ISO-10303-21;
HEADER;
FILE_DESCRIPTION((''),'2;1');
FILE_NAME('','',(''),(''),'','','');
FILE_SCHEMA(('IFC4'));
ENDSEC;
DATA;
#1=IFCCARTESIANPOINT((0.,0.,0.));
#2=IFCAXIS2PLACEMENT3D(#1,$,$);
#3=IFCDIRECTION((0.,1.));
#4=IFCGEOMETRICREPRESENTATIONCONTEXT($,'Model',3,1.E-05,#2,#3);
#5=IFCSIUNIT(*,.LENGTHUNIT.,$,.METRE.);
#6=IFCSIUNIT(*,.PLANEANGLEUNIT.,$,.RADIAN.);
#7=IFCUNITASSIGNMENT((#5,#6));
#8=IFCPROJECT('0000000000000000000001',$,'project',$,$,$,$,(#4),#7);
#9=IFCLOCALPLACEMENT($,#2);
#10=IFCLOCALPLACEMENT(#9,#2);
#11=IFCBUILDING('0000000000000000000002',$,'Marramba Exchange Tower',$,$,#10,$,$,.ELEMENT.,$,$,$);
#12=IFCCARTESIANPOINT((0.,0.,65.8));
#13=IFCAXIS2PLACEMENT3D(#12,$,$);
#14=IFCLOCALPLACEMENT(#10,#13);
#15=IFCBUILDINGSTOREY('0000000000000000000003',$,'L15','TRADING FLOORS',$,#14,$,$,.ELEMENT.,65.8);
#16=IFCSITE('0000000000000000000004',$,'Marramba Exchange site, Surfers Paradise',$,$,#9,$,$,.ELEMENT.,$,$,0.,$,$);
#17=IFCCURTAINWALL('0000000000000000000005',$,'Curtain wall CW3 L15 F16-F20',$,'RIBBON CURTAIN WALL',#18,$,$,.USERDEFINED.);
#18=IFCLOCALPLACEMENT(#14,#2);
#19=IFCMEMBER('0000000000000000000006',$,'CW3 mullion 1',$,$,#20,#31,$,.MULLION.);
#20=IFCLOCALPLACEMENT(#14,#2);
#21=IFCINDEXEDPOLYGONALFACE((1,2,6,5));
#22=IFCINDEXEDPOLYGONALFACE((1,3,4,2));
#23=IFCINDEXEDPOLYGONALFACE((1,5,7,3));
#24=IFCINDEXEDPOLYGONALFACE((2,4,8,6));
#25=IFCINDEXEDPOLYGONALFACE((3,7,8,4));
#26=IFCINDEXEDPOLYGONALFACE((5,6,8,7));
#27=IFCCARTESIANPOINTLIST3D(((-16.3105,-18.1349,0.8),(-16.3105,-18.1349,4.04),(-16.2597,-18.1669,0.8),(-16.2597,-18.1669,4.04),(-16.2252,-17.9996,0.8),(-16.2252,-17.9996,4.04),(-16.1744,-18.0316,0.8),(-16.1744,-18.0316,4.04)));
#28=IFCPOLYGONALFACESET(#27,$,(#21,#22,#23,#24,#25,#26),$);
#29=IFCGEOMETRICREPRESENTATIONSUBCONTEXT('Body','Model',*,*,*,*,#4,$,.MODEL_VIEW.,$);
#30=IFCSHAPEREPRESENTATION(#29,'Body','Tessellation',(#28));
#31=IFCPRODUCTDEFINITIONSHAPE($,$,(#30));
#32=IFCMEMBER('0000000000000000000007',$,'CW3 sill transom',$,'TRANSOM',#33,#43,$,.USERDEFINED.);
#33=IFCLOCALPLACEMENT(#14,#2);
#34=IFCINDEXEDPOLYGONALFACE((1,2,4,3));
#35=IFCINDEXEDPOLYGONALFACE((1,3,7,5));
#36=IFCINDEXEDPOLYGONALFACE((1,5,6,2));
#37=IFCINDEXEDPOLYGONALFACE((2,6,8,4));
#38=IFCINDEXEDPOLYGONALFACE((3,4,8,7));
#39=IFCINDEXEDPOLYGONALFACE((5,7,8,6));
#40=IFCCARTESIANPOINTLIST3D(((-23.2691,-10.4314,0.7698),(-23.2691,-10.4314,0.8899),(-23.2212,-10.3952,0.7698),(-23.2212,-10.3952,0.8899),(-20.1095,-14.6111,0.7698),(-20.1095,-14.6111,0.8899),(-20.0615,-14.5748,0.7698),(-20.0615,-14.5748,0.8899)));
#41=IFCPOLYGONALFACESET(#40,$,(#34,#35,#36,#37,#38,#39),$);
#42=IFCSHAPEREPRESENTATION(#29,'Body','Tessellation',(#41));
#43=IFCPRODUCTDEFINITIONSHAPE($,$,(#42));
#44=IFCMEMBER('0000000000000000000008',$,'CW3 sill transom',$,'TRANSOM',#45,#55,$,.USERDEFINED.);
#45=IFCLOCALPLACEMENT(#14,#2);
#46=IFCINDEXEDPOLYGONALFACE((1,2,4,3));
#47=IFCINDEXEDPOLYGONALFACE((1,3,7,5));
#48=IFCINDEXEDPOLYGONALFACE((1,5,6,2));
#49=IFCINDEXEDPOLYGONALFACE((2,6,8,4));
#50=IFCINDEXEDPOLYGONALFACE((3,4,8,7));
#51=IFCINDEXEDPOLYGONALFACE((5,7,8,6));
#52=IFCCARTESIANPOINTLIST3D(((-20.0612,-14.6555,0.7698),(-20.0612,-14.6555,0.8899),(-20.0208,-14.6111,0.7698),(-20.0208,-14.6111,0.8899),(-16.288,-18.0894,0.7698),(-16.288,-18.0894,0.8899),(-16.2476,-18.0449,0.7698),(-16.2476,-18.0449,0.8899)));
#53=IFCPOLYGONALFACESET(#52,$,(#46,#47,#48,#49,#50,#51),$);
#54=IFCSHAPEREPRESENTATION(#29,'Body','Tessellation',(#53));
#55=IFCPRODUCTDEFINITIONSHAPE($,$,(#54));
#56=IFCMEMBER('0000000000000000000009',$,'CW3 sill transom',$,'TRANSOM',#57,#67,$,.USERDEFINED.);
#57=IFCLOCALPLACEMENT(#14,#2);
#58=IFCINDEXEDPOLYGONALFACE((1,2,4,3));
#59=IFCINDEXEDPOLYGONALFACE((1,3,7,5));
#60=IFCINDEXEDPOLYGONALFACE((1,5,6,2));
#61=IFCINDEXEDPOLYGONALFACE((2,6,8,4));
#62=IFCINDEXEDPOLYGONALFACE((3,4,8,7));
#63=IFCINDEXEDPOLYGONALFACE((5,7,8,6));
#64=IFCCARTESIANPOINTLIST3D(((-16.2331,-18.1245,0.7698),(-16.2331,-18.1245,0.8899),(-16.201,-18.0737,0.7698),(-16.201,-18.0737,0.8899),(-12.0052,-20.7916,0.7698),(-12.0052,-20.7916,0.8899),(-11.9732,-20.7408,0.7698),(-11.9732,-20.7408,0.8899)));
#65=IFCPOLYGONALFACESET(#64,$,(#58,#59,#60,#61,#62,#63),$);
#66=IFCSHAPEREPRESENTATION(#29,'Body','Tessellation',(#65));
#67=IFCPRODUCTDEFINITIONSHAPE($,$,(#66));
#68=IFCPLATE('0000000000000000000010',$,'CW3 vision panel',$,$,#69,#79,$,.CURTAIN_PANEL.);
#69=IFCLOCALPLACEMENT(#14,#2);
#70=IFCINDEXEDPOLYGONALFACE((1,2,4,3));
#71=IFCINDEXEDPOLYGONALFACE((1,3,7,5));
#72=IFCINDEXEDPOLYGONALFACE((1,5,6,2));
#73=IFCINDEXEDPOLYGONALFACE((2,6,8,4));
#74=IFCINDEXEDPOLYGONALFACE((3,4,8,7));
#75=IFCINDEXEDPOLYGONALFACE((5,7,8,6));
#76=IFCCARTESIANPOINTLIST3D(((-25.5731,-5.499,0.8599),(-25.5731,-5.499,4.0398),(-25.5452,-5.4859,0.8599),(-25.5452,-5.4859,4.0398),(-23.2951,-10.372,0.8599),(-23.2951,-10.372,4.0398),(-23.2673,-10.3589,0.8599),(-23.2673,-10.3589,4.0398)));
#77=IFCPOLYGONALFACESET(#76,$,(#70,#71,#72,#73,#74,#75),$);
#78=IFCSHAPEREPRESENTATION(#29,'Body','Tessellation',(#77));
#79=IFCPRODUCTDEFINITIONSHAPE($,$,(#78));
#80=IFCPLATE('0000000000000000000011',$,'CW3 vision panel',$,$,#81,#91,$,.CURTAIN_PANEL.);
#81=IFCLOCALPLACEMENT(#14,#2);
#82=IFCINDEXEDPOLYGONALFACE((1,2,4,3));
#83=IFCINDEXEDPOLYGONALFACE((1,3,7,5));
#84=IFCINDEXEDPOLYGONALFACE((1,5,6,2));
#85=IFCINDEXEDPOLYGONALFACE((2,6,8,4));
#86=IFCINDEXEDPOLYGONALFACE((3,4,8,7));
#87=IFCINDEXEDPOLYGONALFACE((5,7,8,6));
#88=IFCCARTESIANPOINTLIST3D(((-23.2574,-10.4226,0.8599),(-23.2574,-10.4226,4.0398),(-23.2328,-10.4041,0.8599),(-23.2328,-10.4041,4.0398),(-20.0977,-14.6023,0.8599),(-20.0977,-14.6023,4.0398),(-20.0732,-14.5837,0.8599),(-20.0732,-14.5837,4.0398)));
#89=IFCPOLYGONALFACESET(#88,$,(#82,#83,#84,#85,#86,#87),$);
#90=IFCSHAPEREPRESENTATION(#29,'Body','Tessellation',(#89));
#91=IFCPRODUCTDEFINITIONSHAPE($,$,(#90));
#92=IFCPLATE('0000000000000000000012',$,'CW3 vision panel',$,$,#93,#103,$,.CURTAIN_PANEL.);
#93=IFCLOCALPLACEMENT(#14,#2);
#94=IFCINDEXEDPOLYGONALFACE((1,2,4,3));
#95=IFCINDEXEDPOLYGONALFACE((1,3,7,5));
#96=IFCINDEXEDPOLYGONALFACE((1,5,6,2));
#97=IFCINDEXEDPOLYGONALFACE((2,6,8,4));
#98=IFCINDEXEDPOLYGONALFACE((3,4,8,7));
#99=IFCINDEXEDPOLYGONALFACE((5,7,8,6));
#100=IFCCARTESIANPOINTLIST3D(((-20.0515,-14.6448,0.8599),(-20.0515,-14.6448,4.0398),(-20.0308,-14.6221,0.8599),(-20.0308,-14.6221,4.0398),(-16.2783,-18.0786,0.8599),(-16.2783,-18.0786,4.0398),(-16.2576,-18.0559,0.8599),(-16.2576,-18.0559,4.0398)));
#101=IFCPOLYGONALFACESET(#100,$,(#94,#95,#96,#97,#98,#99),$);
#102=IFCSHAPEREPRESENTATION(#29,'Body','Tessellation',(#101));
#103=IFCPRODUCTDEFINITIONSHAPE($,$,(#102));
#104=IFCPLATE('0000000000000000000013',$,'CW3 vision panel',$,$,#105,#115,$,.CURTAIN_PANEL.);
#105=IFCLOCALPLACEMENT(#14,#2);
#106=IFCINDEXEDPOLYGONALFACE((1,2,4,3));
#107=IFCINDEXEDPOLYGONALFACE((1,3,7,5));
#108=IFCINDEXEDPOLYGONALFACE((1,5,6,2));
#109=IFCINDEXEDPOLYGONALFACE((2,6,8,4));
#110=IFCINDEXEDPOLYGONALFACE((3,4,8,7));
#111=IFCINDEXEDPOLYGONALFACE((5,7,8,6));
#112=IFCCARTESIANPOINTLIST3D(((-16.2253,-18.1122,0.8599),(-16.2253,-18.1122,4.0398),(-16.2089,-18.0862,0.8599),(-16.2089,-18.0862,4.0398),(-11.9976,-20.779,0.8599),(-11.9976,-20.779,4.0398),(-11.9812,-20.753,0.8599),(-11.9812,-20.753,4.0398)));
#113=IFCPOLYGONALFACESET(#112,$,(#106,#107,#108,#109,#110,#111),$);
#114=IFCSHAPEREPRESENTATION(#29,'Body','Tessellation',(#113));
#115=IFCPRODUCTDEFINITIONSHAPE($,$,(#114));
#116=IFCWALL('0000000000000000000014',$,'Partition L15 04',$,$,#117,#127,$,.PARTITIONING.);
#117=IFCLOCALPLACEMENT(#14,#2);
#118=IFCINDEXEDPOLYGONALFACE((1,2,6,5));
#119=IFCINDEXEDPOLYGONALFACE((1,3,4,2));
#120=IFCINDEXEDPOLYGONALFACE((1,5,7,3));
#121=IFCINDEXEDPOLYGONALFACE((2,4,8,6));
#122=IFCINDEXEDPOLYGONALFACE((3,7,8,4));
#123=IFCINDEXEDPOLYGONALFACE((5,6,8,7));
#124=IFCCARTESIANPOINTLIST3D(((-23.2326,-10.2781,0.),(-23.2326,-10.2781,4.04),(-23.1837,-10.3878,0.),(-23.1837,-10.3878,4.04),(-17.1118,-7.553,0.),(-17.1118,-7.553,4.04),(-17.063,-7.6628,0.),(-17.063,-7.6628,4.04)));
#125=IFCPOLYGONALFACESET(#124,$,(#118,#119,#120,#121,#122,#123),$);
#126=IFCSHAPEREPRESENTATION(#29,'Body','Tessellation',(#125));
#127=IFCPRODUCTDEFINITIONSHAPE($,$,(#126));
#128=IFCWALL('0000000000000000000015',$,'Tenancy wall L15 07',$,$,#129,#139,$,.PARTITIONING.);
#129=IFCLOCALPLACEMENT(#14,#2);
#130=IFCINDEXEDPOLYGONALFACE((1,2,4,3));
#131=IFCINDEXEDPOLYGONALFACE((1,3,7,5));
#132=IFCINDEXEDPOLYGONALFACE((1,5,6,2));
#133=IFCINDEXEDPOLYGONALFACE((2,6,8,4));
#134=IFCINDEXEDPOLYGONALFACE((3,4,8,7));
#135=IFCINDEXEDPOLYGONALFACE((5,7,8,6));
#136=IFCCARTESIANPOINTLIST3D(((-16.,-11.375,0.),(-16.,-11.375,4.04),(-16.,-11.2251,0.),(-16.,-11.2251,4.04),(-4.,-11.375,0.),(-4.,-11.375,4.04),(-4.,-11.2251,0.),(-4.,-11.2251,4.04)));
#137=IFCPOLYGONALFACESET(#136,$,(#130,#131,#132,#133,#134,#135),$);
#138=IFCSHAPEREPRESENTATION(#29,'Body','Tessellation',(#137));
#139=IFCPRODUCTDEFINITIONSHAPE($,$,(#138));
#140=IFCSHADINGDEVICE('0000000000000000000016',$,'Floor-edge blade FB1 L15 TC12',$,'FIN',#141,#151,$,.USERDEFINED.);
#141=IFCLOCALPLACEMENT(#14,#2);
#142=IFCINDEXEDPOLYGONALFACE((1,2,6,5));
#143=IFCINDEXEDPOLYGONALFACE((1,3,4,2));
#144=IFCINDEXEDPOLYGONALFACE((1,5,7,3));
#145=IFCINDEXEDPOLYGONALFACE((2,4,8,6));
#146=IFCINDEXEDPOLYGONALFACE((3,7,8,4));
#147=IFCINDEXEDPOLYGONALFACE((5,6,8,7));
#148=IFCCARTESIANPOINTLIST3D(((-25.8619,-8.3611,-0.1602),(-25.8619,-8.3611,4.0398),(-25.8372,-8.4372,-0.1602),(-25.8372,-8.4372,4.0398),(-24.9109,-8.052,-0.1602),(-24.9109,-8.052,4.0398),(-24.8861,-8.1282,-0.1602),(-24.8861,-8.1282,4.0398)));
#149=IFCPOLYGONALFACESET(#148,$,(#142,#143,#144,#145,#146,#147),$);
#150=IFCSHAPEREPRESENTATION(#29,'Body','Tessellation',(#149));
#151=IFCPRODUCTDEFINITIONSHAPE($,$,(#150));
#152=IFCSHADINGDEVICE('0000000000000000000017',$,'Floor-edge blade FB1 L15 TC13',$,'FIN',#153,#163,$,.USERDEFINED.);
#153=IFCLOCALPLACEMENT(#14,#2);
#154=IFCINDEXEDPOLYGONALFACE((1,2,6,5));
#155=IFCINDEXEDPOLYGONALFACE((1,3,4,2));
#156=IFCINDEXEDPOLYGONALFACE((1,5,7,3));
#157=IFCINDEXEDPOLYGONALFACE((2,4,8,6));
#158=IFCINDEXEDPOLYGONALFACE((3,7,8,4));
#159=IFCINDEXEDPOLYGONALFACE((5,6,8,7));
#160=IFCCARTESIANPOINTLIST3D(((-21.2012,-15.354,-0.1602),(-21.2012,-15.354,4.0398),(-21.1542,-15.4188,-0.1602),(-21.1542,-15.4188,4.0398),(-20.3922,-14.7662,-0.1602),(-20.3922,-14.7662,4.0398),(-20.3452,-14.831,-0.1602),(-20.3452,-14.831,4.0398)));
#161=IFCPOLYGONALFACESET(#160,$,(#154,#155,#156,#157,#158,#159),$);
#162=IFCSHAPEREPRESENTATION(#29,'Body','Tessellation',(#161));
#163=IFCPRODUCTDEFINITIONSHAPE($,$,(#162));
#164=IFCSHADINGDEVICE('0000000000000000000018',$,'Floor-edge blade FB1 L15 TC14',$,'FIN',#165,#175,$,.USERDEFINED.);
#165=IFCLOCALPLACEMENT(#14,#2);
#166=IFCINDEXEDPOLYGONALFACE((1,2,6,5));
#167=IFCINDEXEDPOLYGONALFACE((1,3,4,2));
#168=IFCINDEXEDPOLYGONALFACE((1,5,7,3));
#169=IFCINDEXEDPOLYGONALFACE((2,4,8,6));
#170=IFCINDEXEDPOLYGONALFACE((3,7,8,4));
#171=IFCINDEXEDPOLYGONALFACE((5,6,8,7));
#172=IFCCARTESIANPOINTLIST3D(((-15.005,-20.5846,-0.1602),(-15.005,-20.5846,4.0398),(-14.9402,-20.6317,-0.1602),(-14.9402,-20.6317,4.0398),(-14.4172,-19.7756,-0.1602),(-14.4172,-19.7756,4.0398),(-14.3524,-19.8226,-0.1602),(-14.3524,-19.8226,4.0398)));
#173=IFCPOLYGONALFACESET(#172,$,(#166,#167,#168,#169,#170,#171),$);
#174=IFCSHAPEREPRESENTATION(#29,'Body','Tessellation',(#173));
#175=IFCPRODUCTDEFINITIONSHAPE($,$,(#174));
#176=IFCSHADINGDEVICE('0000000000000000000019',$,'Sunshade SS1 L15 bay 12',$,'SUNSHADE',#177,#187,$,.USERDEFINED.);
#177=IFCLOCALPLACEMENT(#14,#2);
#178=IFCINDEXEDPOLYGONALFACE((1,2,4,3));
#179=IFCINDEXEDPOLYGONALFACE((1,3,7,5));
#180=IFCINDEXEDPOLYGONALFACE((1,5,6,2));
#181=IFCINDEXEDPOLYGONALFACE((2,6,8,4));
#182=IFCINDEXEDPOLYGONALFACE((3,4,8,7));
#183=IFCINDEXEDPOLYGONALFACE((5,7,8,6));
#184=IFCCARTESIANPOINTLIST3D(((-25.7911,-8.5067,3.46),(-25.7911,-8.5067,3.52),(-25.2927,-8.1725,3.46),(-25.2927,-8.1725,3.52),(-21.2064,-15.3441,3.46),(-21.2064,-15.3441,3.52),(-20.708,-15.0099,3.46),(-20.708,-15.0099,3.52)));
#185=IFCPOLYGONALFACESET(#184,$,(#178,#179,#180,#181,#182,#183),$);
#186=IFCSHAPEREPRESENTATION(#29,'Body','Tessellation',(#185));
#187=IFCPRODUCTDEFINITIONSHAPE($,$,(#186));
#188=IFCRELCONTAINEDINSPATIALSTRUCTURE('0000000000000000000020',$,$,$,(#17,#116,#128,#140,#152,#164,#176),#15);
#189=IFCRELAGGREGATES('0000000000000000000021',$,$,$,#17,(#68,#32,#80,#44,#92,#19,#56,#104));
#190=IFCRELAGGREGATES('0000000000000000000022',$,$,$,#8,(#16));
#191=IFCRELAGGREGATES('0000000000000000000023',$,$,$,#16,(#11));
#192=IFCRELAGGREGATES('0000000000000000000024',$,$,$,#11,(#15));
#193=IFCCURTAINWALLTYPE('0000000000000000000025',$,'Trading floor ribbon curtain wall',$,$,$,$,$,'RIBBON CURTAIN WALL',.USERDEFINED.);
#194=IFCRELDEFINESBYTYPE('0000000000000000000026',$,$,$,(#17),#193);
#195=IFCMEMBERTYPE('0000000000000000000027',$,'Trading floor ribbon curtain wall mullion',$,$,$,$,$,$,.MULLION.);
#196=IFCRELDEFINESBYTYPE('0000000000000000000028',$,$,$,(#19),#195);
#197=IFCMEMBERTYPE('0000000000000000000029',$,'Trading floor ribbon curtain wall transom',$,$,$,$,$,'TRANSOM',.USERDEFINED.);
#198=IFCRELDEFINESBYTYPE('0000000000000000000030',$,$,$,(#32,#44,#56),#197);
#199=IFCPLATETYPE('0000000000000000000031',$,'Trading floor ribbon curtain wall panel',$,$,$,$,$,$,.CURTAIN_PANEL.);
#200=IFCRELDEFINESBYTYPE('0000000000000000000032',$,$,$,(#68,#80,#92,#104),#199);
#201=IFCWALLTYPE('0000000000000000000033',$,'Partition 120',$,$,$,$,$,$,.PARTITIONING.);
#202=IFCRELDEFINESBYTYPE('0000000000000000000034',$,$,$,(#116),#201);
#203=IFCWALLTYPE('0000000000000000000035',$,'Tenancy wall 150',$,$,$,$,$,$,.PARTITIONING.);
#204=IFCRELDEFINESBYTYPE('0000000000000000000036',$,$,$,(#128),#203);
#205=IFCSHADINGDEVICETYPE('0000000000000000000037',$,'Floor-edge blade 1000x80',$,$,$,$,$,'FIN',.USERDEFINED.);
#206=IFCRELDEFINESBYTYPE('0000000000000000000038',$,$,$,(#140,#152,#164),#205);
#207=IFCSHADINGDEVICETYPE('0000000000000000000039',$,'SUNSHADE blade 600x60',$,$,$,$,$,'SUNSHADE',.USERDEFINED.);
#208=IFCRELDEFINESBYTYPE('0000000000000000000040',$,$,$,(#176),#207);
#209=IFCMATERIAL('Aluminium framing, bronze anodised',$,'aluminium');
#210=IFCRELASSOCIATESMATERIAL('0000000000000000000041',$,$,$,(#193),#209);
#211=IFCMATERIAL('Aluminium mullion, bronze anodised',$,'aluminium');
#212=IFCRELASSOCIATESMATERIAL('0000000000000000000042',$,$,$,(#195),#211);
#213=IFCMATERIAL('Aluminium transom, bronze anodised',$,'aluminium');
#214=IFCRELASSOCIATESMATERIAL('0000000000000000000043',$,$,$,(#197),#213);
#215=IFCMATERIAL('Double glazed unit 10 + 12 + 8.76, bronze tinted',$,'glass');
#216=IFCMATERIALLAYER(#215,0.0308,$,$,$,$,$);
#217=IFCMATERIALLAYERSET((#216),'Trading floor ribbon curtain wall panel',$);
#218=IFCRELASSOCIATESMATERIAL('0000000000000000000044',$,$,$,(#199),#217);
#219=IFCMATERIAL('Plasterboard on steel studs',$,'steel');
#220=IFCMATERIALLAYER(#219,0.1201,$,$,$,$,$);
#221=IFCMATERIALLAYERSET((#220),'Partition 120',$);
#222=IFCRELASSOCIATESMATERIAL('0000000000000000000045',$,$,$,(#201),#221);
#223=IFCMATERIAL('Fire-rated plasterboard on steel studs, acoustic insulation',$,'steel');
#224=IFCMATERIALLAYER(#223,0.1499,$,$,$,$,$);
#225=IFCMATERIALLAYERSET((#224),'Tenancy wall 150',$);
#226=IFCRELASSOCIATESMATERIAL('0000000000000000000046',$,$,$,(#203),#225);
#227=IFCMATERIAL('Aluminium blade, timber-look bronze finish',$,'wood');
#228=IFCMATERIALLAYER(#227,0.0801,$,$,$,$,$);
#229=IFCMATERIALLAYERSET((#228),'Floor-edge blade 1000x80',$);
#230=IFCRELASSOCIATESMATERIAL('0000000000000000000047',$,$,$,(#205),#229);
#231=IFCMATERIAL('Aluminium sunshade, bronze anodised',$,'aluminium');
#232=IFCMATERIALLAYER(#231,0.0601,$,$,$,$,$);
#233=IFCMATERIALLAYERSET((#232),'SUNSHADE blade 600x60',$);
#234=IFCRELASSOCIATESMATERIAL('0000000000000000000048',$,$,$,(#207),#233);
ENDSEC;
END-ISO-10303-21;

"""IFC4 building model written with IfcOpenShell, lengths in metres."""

from ifc_helpers import new_model, si_unit, direction, frame, frame_2d, origin, origin_2d, place, context, subcontext, project, spatial, rectangle, extrude, material, layer, layer_set, material_profile, profile_set, type_object, element, aggregate, save


model = new_model("IFC4")

# Units and contexts
model_context = context("Model", 3, precision=1e-05, world=origin(), true_north=direction((0.0, 1.0)))
body_context = subcontext(model_context, "Body", "Model", "MODEL_VIEW")
ifc_project = project(units=[si_unit("LENGTHUNIT", "METRE"), si_unit("PLANEANGLEUNIT", "RADIAN")], contexts=[model_context])

# Site, building, storey
site_placement = place(None, origin())
site = spatial("IfcSite", under=ifc_project, at=site_placement, Name="Marramba Exchange site, Surfers Paradise", CompositionType="ELEMENT", RefElevation=0.0)
building_placement = place(site_placement, origin())
building = spatial("IfcBuilding", under=site, at=building_placement, Name="Marramba Exchange Tower", CompositionType="ELEMENT")
storey_placement = place(building_placement, frame((0.0, 0.0, 65.8)))
storey = spatial("IfcBuildingStorey", under=building, at=storey_placement, Name="L15", Description="TRADING FLOORS", CompositionType="ELEMENT", Elevation=65.8)

# Curtain wall, members, plates
ifc_material_1 = material(Name="Aluminium framing, bronze anodised", Category="aluminium")
curtain_wall_type = type_object("IfcCurtainWallType", Name="Trading floor ribbon curtain wall", ElementType="RIBBON CURTAIN WALL", PredefinedType="USERDEFINED", material=ifc_material_1)
curtain_wall_placement = place(storey_placement, origin())
curtain_wall = element("IfcCurtainWall", 1, at=curtain_wall_placement, inside=storey, type_object=curtain_wall_type, Name="Curtain wall CW3 L15 F16-F20", ObjectType="RIBBON CURTAIN WALL", PredefinedType="USERDEFINED")
ifc_material_2 = material(Name="Aluminium mullion, bronze anodised", Category="aluminium")
ifc_material_profile_1 = material_profile(ifc_material_2, rectangle(XDim=0.1599, YDim=0.0601, at=origin_2d()), Name="CW3 mullion 60x160")
ifc_profile_set_1 = profile_set([ifc_material_profile_1], Name="Aluminium mullion, bronze anodised")
member_type_1 = type_object("IfcMemberType", Name="Trading floor ribbon curtain wall mullion", PredefinedType="MULLION", material=ifc_profile_set_1)
member_1_placement = place(storey_placement, frame((-16.2424, -18.0833, 0.8), z_axis=(0.0, 0.0, 1.0), x_axis=(0.533515, 0.845791, 0.0)))
member_1 = element("IfcMember", 2, at=member_1_placement, type_object=member_type_1, Name="CW3 mullion 1", PredefinedType="MULLION", context=body_context, shape_type="SweptSolid", body=[
    extrude(rectangle(XDim=0.1599, YDim=0.0601, at=origin_2d()), origin(), (0.0, 0.0, 1.0), 3.24),
])
ifc_material_3 = material(Name="Aluminium transom, bronze anodised", Category="aluminium")
ifc_material_profile_2 = material_profile(ifc_material_3, rectangle(XDim=0.0601, YDim=0.1201, at=origin_2d()), Name="CW3 transom 60x120")
ifc_profile_set_2 = profile_set([ifc_material_profile_2], Name="Aluminium transom, bronze anodised")
member_type_2 = type_object("IfcMemberType", Name="Trading floor ribbon curtain wall transom", ElementType="TRANSOM", PredefinedType="USERDEFINED", material=ifc_profile_set_2)
member_2_placement = place(storey_placement, frame((-23.2451, -10.4133, 0.8298), z_axis=(0.603037, -0.797713, 0.0), x_axis=(0.797713, 0.603037, 0.0)))
member_2 = element("IfcMember", 3, at=member_2_placement, type_object=member_type_2, Name="CW3 sill transom", ObjectType="TRANSOM", PredefinedType="USERDEFINED", context=body_context, shape_type="SweptSolid", body=[
    extrude(rectangle(XDim=0.0601, YDim=0.1201, at=origin_2d()), origin(), (0.0, 0.0, 1.0), 5.2395),
])
member_3_placement = place(storey_placement, frame((-20.041, -14.6333, 0.8298), z_axis=(0.739583, -0.673066, 0.0), x_axis=(0.673066, 0.739583, 0.0)))
member_3 = element("IfcMember", 4, at=member_3_placement, type_object=member_type_2, Name="CW3 sill transom", ObjectType="TRANSOM", PredefinedType="USERDEFINED", context=body_context, shape_type="SweptSolid", body=[
    extrude(rectangle(XDim=0.0601, YDim=0.1201, at=origin_2d()), origin(), (0.0, 0.0, 1.0), 5.1018),
])
member_4_placement = place(storey_placement, frame((-16.217, -18.0991, 0.8298), z_axis=(0.845777, -0.533537, 0.0), x_axis=(0.533537, 0.845777, 0.0)))
member_4 = element("IfcMember", 5, at=member_4_placement, type_object=member_type_2, Name="CW3 sill transom", ObjectType="TRANSOM", PredefinedType="USERDEFINED", context=body_context, shape_type="SweptSolid", body=[
    extrude(rectangle(XDim=0.0601, YDim=0.1201, at=origin_2d()), origin(), (0.0, 0.0, 1.0), 4.9988),
])
ifc_material_4 = material(Name="Double glazed unit 10 + 12 + 8.76, bronze tinted", Category="glass")
ifc_layer_1 = layer(ifc_material_4, 0.0308)
ifc_layer_set_1 = layer_set([ifc_layer_1], Name="Trading floor ribbon curtain wall panel")
plate_type = type_object("IfcPlateType", Name="Trading floor ribbon curtain wall panel", PredefinedType="CURTAIN_PANEL", material=ifc_layer_set_1)
plate_1_placement = place(storey_placement, frame((-24.4202, -7.929, 0.8599), z_axis=(0.0, 0.0, 1.0), x_axis=(0.423477, -0.905907, 0.0)))
plate_1 = element("IfcPlate", 6, at=plate_1_placement, type_object=plate_type, Name="CW3 vision panel", PredefinedType="CURTAIN_PANEL", context=body_context, shape_type="SweptSolid", body=[
    extrude(rectangle(XDim=5.3792, YDim=0.0308, at=origin_2d()), origin(), (0.0, 0.0, 1.0), 3.1799),
])
plate_2_placement = place(storey_placement, frame((-21.6653, -12.5032, 0.8599), z_axis=(0.0, 0.0, 1.0), x_axis=(0.60304, -0.797711, 0.0)))
plate_2 = element("IfcPlate", 7, at=plate_2_placement, type_object=plate_type, Name="CW3 vision panel", PredefinedType="CURTAIN_PANEL", context=body_context, shape_type="SweptSolid", body=[
    extrude(rectangle(XDim=5.2395, YDim=0.0308, at=origin_2d()), origin(), (0.0, 0.0, 1.0), 3.1799),
])
plate_3_placement = place(storey_placement, frame((-18.1545, -16.3503, 0.8599), z_axis=(0.0, 0.0, 1.0), x_axis=(0.73959, -0.673058, 0.0)))
plate_3 = element("IfcPlate", 8, at=plate_3_placement, type_object=plate_type, Name="CW3 vision panel", PredefinedType="CURTAIN_PANEL", context=body_context, shape_type="SweptSolid", body=[
    extrude(rectangle(XDim=5.1018, YDim=0.0308, at=origin_2d()), origin(), (0.0, 0.0, 1.0), 3.1799),
])
plate_4_placement = place(storey_placement, frame((-14.1033, -19.4326, 0.8599), z_axis=(0.0, 0.0, 1.0), x_axis=(0.845791, -0.533515, 0.0)))
plate_4 = element("IfcPlate", 9, at=plate_4_placement, type_object=plate_type, Name="CW3 vision panel", PredefinedType="CURTAIN_PANEL", context=body_context, shape_type="SweptSolid", body=[
    extrude(rectangle(XDim=4.9985, YDim=0.0308, at=origin_2d()), origin(), (0.0, 0.0, 1.0), 3.1799),
])
aggregate(curtain_wall, [plate_1, member_2, plate_2, member_3, plate_3, member_1, member_4, plate_4])

# Walls
ifc_material_5 = material(Name="Plasterboard on steel studs", Category="steel")
ifc_layer_2 = layer(ifc_material_5, 0.1201)
ifc_layer_set_2 = layer_set([ifc_layer_2], Name="Partition 120")
wall_type_1 = type_object("IfcWallType", Name="Partition 120", PredefinedType="PARTITIONING", material=ifc_layer_set_2)
wall_1_placement = place(storey_placement, frame((-23.2083, -10.333, 0.0), z_axis=(0.0, 0.0, 1.0), x_axis=(0.91355, 0.406727, 0.0)))
element("IfcWall", 10, at=wall_1_placement, inside=storey, type_object=wall_type_1, Name="Partition L15 04", PredefinedType="PARTITIONING", context=body_context, shape_type="SweptSolid", body=[
    extrude(rectangle(XDim=6.7, YDim=0.1201, at=frame_2d((3.3501, 0.0))), origin(), (0.0, 0.0, 1.0), 4.04),
])
ifc_material_6 = material(Name="Fire-rated plasterboard on steel studs, acoustic insulation", Category="steel")
ifc_layer_3 = layer(ifc_material_6, 0.1499)
ifc_layer_set_3 = layer_set([ifc_layer_3], Name="Tenancy wall 150")
wall_type_2 = type_object("IfcWallType", Name="Tenancy wall 150", PredefinedType="PARTITIONING", material=ifc_layer_set_3)
wall_2_placement = place(storey_placement, frame((-16.0, -11.3, 0.0), z_axis=(0.0, 0.0, 1.0), x_axis=(1.0, 0.0, 0.0)))
element("IfcWall", 11, at=wall_2_placement, inside=storey, type_object=wall_type_2, Name="Tenancy wall L15 07", PredefinedType="PARTITIONING", context=body_context, shape_type="SweptSolid", body=[
    extrude(rectangle(XDim=12.0, YDim=0.1499, at=frame_2d((6.0, 0.0))), origin(), (0.0, 0.0, 1.0), 4.04),
])

# Shading devices
ifc_material_7 = material(Name="Aluminium blade, timber-look bronze finish", Category="wood")
ifc_layer_4 = layer(ifc_material_7, 0.0801)
ifc_layer_set_4 = layer_set([ifc_layer_4], Name="Floor-edge blade 1000x80")
shading_device_type_1 = type_object("IfcShadingDeviceType", Name="Floor-edge blade 1000x80", ElementType="FIN", PredefinedType="USERDEFINED", material=ifc_layer_set_4)
for number, where, z_axis, x_axis, name in (
    (12, (-25.374, -8.2446, -0.1602), (0.0, 0.0, 1.0), (-0.951057, -0.309017, 0.0), "Floor-edge blade FB1 L15 TC12"),
    (13, (-20.7732, -15.0925, -0.1602), (0.0, 0.0, 1.0), (-0.809017, -0.587785, 0.0), "Floor-edge blade FB1 L15 TC13"),
    (14, (-14.6787, -20.2036, -0.1602), (0.0, 0.0, 1.0), (-0.587785, -0.809017, 0.0), "Floor-edge blade FB1 L15 TC14"),
):
    element("IfcShadingDevice", number, at=place(storey_placement, frame(where, z_axis=z_axis, x_axis=x_axis)), inside=storey, type_object=shading_device_type_1, Name=name, ObjectType="FIN", PredefinedType="USERDEFINED", context=body_context, shape_type="SweptSolid", body=[
        extrude(rectangle(XDim=1.0, YDim=0.0801, at=origin_2d()), origin(), (0.0, 0.0, 1.0), 4.2),
    ])
ifc_material_8 = material(Name="Aluminium sunshade, bronze anodised", Category="aluminium")
ifc_layer_5 = layer(ifc_material_8, 0.0601)
ifc_layer_set_5 = layer_set([ifc_layer_5], Name="SUNSHADE blade 600x60")
shading_device_type_2 = type_object("IfcShadingDeviceType", Name="SUNSHADE blade 600x60", ElementType="SUNSHADE", PredefinedType="USERDEFINED", material=ifc_layer_set_5)
shading_device_1_placement = place(storey_placement, frame((-23.2495, -11.7583, 3.46), z_axis=(0.0, 0.0, 1.0), x_axis=(0.556924, -0.830563, 0.0)))
element("IfcShadingDevice", 15, at=shading_device_1_placement, inside=storey, type_object=shading_device_type_2, Name="Sunshade SS1 L15 bay 12", ObjectType="SUNSHADE", PredefinedType="USERDEFINED", context=body_context, shape_type="SweptSolid", body=[
    extrude(rectangle(XDim=8.2322, YDim=0.6001, at=origin_2d()), origin(), (0.0, 0.0, 1.0), 0.0601),
])

save(model, "model.ifc")
